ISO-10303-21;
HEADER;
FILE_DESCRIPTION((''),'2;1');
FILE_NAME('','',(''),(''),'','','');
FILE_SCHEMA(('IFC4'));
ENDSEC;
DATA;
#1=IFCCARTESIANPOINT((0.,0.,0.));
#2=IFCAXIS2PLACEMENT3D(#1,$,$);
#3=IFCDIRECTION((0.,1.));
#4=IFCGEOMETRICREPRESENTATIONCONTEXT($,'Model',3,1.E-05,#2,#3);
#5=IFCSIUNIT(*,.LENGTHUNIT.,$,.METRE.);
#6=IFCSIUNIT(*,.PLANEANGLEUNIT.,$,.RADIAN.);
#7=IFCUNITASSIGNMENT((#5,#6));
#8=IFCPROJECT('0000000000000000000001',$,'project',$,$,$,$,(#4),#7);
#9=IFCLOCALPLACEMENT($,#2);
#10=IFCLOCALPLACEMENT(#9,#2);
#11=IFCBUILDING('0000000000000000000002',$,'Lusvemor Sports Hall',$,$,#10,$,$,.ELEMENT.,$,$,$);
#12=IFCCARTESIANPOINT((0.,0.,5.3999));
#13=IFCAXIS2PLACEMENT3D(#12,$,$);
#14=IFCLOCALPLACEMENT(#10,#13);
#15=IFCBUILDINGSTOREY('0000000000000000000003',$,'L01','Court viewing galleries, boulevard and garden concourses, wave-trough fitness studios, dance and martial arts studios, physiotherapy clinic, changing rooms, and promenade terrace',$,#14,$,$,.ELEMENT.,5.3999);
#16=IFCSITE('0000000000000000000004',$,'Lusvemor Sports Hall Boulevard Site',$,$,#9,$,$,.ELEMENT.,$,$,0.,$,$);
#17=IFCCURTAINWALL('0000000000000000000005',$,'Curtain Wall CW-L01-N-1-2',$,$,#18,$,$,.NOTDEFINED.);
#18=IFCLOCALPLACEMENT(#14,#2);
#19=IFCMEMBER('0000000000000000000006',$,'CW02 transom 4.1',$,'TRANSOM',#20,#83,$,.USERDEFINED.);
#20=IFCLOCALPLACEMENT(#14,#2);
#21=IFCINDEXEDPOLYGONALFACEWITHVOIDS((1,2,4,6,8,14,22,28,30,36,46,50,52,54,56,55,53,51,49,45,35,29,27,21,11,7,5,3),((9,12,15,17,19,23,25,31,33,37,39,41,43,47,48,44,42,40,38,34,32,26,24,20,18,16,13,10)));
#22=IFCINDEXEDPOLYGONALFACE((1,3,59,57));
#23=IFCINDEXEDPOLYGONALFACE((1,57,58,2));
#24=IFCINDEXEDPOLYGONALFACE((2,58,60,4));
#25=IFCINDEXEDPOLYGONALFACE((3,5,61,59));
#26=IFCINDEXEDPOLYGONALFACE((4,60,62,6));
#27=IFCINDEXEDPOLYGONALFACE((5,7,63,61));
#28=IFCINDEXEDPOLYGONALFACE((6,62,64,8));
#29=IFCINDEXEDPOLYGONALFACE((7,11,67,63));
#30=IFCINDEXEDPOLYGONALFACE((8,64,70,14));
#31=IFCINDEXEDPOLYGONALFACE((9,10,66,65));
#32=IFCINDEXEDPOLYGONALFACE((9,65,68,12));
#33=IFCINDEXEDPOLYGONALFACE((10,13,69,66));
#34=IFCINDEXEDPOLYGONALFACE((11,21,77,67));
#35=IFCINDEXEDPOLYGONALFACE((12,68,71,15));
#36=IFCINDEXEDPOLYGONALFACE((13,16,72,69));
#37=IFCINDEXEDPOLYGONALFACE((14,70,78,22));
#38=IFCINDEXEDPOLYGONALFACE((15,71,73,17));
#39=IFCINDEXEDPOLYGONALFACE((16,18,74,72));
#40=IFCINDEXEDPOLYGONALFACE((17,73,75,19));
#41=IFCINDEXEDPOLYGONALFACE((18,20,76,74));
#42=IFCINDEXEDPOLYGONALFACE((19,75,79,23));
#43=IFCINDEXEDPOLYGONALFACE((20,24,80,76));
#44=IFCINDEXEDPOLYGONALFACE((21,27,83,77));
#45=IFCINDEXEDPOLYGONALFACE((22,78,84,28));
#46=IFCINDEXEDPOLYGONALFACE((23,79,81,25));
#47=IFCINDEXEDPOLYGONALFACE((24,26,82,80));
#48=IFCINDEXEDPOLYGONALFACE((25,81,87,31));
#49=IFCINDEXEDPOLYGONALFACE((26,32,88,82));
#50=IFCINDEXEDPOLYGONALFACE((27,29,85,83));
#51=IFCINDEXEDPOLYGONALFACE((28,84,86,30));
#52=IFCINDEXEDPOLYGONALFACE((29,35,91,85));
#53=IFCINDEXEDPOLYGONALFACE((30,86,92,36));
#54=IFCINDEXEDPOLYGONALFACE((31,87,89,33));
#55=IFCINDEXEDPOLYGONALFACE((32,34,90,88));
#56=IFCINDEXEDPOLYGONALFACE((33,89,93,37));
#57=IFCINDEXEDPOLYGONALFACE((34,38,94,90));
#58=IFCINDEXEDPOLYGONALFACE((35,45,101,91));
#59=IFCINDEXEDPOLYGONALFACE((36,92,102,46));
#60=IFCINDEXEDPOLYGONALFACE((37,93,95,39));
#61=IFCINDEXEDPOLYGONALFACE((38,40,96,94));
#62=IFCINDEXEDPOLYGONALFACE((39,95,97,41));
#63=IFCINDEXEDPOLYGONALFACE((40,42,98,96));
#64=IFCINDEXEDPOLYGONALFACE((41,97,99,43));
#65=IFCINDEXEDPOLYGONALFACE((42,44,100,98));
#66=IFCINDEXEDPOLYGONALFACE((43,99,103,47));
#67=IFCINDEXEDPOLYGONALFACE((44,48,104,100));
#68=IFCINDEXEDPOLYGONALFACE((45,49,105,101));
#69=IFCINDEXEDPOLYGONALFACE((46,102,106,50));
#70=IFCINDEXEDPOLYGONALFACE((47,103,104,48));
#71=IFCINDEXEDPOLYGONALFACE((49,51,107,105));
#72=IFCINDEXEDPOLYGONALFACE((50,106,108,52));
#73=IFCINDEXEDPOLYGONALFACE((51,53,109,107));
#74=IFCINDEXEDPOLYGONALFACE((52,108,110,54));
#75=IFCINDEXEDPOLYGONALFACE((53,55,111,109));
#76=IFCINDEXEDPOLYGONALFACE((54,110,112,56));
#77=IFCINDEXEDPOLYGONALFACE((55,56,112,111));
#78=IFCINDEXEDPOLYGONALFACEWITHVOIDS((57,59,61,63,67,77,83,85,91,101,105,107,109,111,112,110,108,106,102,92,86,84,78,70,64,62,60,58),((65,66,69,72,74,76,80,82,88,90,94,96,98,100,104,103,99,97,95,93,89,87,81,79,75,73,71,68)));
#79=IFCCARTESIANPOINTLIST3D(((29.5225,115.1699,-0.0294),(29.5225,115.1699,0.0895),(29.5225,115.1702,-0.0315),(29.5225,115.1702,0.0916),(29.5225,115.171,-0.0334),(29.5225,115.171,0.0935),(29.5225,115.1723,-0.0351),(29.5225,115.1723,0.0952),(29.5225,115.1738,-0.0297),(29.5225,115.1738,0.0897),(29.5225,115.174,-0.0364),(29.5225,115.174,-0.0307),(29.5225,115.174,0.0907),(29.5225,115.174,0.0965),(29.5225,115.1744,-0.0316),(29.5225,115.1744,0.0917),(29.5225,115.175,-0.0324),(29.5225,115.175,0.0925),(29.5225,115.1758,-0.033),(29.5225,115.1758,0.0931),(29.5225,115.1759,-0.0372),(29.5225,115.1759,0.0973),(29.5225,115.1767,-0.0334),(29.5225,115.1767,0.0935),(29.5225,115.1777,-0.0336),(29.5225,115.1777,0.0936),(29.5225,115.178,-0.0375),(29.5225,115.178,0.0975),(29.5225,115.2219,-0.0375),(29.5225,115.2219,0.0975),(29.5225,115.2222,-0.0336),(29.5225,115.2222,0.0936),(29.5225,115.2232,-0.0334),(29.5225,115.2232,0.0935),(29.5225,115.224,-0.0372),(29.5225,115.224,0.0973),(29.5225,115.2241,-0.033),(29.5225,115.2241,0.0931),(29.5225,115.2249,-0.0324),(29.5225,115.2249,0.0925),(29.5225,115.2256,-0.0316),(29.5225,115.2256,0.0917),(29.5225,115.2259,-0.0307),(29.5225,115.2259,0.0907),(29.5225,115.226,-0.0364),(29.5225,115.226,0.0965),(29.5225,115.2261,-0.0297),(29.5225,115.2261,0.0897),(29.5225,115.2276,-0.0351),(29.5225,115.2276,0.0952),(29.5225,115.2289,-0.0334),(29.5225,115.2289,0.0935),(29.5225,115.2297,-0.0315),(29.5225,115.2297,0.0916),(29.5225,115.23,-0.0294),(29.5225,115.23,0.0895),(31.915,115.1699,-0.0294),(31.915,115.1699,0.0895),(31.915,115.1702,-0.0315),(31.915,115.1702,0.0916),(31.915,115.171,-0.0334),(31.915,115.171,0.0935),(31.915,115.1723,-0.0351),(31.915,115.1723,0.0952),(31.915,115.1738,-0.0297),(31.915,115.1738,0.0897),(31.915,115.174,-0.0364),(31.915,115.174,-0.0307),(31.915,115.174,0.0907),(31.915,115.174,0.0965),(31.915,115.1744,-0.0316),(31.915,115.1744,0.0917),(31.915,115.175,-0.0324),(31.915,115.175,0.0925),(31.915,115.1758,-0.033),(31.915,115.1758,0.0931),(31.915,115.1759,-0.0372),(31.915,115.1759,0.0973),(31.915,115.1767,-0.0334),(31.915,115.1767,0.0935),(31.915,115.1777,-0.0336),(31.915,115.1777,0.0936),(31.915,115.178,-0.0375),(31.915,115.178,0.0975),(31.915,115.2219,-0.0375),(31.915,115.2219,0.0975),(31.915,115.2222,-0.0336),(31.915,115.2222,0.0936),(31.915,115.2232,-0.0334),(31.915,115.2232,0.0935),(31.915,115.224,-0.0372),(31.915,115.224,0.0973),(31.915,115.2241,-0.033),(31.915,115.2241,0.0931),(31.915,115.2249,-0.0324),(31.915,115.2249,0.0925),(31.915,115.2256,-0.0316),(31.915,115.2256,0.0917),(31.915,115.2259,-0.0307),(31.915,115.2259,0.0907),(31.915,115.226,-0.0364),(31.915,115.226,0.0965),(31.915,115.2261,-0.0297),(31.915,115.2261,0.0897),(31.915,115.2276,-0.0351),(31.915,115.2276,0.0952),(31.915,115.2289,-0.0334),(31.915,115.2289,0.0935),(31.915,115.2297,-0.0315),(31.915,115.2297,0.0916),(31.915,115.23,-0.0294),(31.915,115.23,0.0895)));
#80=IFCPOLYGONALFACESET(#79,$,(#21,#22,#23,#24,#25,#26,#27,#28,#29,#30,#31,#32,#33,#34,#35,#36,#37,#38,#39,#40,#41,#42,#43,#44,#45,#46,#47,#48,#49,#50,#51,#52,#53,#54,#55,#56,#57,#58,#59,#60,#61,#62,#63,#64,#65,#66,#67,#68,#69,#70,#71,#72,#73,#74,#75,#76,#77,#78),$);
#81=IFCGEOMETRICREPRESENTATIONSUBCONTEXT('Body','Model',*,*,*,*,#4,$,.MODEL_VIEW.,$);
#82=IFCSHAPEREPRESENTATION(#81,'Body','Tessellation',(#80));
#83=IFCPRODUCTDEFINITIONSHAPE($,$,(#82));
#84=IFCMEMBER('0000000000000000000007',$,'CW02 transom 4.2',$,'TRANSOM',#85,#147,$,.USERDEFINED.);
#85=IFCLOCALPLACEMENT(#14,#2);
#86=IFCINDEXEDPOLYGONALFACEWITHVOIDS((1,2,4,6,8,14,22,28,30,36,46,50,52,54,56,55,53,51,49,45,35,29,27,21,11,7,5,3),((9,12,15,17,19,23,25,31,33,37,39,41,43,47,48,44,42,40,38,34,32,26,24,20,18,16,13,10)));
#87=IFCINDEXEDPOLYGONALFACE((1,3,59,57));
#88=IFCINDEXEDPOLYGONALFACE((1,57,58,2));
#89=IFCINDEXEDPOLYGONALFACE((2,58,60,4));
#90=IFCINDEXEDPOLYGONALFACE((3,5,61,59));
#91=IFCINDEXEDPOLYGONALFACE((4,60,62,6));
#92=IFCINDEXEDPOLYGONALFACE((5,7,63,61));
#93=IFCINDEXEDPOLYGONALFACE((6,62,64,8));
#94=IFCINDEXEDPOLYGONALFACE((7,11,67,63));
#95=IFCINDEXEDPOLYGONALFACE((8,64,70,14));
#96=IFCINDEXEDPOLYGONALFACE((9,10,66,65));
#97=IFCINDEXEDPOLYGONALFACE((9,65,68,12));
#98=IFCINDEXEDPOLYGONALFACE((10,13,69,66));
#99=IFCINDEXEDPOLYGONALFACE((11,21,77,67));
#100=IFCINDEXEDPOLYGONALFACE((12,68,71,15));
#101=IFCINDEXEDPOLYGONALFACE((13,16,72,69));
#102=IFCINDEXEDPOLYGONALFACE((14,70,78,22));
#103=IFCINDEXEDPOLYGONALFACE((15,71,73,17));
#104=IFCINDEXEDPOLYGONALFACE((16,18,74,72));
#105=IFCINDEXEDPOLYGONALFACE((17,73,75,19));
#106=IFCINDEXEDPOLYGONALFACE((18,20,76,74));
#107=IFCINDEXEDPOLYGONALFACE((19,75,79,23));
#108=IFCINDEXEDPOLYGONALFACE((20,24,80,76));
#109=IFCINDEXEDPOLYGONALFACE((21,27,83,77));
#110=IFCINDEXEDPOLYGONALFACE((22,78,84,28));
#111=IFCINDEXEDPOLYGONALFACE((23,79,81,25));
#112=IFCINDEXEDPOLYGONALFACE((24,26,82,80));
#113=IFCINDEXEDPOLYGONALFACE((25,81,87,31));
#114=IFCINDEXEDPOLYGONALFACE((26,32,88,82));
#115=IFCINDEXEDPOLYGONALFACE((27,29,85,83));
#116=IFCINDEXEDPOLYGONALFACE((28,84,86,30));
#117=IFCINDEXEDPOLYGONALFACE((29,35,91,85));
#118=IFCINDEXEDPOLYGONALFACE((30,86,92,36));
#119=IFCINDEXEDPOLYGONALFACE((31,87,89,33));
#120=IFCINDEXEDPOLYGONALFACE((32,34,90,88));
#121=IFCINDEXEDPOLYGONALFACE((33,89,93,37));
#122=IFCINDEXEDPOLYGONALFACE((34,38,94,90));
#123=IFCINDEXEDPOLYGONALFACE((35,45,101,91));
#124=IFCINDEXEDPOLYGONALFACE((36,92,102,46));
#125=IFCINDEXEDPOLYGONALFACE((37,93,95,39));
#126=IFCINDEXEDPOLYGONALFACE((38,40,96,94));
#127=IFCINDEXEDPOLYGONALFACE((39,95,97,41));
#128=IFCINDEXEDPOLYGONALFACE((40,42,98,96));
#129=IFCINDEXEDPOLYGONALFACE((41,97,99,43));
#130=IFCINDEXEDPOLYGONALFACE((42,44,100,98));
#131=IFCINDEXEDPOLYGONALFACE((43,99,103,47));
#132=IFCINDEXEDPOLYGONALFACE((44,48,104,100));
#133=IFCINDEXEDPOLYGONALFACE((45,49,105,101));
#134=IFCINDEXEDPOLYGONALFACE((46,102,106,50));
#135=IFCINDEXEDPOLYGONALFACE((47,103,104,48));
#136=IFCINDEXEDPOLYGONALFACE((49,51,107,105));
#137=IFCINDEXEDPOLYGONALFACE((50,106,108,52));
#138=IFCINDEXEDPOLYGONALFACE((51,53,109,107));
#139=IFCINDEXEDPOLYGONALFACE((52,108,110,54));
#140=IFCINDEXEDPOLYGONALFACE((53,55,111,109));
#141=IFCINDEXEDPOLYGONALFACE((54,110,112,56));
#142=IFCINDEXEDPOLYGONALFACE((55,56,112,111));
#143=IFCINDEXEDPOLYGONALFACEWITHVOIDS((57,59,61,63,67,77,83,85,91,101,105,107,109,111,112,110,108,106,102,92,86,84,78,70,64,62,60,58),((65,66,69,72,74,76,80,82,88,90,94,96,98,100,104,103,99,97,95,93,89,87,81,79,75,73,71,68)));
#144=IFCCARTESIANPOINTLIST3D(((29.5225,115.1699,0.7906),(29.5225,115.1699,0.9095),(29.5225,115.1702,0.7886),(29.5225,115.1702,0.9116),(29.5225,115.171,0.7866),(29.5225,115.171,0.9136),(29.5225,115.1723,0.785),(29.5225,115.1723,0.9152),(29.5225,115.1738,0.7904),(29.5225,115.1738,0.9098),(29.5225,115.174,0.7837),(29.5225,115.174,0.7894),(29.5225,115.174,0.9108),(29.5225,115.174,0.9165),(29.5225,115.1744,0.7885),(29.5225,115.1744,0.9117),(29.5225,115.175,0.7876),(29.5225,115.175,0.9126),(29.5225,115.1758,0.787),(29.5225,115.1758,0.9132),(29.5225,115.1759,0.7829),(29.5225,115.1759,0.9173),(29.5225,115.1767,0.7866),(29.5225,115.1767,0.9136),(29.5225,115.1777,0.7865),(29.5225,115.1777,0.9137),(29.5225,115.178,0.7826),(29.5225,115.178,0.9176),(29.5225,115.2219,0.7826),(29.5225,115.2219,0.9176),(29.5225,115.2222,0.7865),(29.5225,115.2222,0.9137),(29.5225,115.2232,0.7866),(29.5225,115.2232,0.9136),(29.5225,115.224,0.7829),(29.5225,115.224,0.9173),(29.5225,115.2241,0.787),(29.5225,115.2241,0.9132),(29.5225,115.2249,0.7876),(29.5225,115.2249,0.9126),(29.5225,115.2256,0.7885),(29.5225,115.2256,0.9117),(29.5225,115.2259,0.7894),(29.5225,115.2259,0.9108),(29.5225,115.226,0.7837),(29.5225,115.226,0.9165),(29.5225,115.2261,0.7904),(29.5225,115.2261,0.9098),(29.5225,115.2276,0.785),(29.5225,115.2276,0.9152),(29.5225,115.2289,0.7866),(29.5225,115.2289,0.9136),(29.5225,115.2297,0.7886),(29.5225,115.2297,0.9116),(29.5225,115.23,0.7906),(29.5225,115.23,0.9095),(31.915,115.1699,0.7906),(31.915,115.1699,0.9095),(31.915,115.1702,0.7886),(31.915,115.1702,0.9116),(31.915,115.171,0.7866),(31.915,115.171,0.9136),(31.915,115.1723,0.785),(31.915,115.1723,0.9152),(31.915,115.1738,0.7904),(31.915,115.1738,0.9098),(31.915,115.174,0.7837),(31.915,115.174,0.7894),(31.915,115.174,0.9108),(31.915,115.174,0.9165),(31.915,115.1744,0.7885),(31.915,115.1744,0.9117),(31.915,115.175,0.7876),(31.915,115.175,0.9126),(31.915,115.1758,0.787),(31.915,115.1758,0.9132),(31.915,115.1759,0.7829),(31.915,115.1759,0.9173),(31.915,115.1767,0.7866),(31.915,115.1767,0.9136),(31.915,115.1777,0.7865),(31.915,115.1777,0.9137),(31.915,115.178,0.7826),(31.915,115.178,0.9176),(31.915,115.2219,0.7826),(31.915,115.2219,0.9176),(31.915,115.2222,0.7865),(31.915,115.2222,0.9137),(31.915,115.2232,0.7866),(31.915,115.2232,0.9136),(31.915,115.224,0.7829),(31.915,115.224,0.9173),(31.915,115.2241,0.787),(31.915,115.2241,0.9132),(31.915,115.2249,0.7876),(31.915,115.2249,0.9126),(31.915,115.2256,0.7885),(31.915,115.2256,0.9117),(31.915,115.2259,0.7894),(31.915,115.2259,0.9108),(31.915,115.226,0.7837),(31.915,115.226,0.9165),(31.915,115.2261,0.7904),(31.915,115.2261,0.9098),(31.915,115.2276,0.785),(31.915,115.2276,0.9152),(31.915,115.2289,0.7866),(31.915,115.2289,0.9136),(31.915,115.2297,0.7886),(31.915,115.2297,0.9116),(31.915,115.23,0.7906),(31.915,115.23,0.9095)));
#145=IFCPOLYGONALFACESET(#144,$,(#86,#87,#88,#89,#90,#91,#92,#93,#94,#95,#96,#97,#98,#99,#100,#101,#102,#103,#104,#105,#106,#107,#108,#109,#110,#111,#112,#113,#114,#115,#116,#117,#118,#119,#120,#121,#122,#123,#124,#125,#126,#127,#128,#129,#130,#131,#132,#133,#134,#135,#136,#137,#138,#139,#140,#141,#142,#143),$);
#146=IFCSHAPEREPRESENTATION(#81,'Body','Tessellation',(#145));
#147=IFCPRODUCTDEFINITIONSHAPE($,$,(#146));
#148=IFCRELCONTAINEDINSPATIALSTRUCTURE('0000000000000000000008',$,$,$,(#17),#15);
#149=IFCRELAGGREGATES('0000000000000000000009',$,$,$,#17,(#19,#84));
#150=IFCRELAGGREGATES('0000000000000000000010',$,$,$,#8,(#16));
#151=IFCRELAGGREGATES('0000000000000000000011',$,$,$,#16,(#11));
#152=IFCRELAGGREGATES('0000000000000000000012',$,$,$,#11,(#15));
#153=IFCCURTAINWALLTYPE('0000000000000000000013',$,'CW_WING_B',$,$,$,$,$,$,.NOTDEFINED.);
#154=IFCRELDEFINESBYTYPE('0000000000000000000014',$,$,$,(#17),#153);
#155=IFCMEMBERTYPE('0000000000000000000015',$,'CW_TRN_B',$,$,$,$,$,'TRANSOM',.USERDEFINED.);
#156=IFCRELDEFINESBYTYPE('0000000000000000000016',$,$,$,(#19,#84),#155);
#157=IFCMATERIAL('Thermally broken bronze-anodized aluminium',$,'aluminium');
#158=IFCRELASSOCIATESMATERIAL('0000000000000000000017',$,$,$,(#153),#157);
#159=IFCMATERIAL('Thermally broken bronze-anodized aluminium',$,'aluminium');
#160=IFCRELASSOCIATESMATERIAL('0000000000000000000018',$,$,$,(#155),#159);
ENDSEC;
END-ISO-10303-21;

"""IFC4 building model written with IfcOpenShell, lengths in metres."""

from ifc_helpers import new_model, si_unit, direction, frame, origin, origin_2d, place, context, subcontext, project, spatial, hollow_rectangle, extrude, material, material_profile, profile_set, type_object, element, aggregate, save


model = new_model("IFC4")

# Units and contexts
model_context = context("Model", 3, precision=1e-05, world=origin(), true_north=direction((0.0, 1.0)))
body_context = subcontext(model_context, "Body", "Model", "MODEL_VIEW")
ifc_project = project(units=[si_unit("LENGTHUNIT", "METRE"), si_unit("PLANEANGLEUNIT", "RADIAN")], contexts=[model_context])

# Site, building, storey
site_placement = place(None, origin())
site = spatial("IfcSite", under=ifc_project, at=site_placement, Name="Lusvemor Sports Hall Boulevard Site", CompositionType="ELEMENT", RefElevation=0.0)
building_placement = place(site_placement, origin())
building = spatial("IfcBuilding", under=site, at=building_placement, Name="Lusvemor Sports Hall", CompositionType="ELEMENT")
storey_placement = place(building_placement, frame((0.0, 0.0, 5.3999)))
storey = spatial("IfcBuildingStorey", under=building, at=storey_placement, Name="L01", Description="Court viewing galleries, boulevard and garden concourses, wave-trough fitness studios, dance and martial arts studios, physiotherapy clinic, changing rooms, and promenade terrace", CompositionType="ELEMENT", Elevation=5.3999)

# Curtain wall
ifc_material_1 = material(Name="Thermally broken bronze-anodized aluminium", Category="aluminium")
curtain_wall_type = type_object("IfcCurtainWallType", Name="CW_WING_B", PredefinedType="NOTDEFINED", material=ifc_material_1)
curtain_wall_1_placement = place(storey_placement, origin())
curtain_wall_1 = element("IfcCurtainWall", 1, at=curtain_wall_1_placement, inside=storey, type_object=curtain_wall_type, Name="Curtain Wall CW-L01-N-1-2", PredefinedType="NOTDEFINED")

# Members
ifc_material_2 = material(Name="Thermally broken bronze-anodized aluminium", Category="aluminium")
ifc_material_profile_1 = material_profile(ifc_material_2, hollow_rectangle(XDim=0.0601, YDim=0.135, WallThickness=0.0039, InnerFilletRadius=0.0039, OuterFilletRadius=0.0081, at=origin_2d()), Name="CWTRN135x60x4")
ifc_profile_set_1 = profile_set([ifc_material_profile_1], Name="Thermally broken bronze-anodized aluminium")
member_type_1 = type_object("IfcMemberType", Name="CW_TRN_B", ElementType="TRANSOM", PredefinedType="USERDEFINED", material=ifc_profile_set_1)
member_1_placement = place(storey_placement, frame((29.5225, 115.2, 0.03), z_axis=(1.0, 0.0, 0.0), x_axis=(0.0, 1.0, 0.0)))
member_1 = element("IfcMember", 2, at=member_1_placement, type_object=member_type_1, Name="CW02 transom 4.1", ObjectType="TRANSOM", PredefinedType="USERDEFINED", context=body_context, shape_type="SweptSolid", body=[
    extrude(hollow_rectangle(XDim=0.0601, YDim=0.135, WallThickness=0.0039, InnerFilletRadius=0.0039, OuterFilletRadius=0.0081, at=origin_2d()), origin(), (0.0, 0.0, 1.0), 2.3926),
])
member_2_placement = place(storey_placement, frame((29.5225, 115.2, 0.8501), z_axis=(1.0, 0.0, 0.0), x_axis=(0.0, 1.0, 0.0)))
member_2 = element("IfcMember", 3, at=member_2_placement, type_object=member_type_1, Name="CW02 transom 4.2", ObjectType="TRANSOM", PredefinedType="USERDEFINED", context=body_context, shape_type="SweptSolid", body=[
    extrude(hollow_rectangle(XDim=0.0601, YDim=0.135, WallThickness=0.0039, InnerFilletRadius=0.0039, OuterFilletRadius=0.0081, at=origin_2d()), origin(), (0.0, 0.0, 1.0), 2.3926),
])

aggregate(curtain_wall_1, [member_1, member_2])

save(model, "model.ifc")
